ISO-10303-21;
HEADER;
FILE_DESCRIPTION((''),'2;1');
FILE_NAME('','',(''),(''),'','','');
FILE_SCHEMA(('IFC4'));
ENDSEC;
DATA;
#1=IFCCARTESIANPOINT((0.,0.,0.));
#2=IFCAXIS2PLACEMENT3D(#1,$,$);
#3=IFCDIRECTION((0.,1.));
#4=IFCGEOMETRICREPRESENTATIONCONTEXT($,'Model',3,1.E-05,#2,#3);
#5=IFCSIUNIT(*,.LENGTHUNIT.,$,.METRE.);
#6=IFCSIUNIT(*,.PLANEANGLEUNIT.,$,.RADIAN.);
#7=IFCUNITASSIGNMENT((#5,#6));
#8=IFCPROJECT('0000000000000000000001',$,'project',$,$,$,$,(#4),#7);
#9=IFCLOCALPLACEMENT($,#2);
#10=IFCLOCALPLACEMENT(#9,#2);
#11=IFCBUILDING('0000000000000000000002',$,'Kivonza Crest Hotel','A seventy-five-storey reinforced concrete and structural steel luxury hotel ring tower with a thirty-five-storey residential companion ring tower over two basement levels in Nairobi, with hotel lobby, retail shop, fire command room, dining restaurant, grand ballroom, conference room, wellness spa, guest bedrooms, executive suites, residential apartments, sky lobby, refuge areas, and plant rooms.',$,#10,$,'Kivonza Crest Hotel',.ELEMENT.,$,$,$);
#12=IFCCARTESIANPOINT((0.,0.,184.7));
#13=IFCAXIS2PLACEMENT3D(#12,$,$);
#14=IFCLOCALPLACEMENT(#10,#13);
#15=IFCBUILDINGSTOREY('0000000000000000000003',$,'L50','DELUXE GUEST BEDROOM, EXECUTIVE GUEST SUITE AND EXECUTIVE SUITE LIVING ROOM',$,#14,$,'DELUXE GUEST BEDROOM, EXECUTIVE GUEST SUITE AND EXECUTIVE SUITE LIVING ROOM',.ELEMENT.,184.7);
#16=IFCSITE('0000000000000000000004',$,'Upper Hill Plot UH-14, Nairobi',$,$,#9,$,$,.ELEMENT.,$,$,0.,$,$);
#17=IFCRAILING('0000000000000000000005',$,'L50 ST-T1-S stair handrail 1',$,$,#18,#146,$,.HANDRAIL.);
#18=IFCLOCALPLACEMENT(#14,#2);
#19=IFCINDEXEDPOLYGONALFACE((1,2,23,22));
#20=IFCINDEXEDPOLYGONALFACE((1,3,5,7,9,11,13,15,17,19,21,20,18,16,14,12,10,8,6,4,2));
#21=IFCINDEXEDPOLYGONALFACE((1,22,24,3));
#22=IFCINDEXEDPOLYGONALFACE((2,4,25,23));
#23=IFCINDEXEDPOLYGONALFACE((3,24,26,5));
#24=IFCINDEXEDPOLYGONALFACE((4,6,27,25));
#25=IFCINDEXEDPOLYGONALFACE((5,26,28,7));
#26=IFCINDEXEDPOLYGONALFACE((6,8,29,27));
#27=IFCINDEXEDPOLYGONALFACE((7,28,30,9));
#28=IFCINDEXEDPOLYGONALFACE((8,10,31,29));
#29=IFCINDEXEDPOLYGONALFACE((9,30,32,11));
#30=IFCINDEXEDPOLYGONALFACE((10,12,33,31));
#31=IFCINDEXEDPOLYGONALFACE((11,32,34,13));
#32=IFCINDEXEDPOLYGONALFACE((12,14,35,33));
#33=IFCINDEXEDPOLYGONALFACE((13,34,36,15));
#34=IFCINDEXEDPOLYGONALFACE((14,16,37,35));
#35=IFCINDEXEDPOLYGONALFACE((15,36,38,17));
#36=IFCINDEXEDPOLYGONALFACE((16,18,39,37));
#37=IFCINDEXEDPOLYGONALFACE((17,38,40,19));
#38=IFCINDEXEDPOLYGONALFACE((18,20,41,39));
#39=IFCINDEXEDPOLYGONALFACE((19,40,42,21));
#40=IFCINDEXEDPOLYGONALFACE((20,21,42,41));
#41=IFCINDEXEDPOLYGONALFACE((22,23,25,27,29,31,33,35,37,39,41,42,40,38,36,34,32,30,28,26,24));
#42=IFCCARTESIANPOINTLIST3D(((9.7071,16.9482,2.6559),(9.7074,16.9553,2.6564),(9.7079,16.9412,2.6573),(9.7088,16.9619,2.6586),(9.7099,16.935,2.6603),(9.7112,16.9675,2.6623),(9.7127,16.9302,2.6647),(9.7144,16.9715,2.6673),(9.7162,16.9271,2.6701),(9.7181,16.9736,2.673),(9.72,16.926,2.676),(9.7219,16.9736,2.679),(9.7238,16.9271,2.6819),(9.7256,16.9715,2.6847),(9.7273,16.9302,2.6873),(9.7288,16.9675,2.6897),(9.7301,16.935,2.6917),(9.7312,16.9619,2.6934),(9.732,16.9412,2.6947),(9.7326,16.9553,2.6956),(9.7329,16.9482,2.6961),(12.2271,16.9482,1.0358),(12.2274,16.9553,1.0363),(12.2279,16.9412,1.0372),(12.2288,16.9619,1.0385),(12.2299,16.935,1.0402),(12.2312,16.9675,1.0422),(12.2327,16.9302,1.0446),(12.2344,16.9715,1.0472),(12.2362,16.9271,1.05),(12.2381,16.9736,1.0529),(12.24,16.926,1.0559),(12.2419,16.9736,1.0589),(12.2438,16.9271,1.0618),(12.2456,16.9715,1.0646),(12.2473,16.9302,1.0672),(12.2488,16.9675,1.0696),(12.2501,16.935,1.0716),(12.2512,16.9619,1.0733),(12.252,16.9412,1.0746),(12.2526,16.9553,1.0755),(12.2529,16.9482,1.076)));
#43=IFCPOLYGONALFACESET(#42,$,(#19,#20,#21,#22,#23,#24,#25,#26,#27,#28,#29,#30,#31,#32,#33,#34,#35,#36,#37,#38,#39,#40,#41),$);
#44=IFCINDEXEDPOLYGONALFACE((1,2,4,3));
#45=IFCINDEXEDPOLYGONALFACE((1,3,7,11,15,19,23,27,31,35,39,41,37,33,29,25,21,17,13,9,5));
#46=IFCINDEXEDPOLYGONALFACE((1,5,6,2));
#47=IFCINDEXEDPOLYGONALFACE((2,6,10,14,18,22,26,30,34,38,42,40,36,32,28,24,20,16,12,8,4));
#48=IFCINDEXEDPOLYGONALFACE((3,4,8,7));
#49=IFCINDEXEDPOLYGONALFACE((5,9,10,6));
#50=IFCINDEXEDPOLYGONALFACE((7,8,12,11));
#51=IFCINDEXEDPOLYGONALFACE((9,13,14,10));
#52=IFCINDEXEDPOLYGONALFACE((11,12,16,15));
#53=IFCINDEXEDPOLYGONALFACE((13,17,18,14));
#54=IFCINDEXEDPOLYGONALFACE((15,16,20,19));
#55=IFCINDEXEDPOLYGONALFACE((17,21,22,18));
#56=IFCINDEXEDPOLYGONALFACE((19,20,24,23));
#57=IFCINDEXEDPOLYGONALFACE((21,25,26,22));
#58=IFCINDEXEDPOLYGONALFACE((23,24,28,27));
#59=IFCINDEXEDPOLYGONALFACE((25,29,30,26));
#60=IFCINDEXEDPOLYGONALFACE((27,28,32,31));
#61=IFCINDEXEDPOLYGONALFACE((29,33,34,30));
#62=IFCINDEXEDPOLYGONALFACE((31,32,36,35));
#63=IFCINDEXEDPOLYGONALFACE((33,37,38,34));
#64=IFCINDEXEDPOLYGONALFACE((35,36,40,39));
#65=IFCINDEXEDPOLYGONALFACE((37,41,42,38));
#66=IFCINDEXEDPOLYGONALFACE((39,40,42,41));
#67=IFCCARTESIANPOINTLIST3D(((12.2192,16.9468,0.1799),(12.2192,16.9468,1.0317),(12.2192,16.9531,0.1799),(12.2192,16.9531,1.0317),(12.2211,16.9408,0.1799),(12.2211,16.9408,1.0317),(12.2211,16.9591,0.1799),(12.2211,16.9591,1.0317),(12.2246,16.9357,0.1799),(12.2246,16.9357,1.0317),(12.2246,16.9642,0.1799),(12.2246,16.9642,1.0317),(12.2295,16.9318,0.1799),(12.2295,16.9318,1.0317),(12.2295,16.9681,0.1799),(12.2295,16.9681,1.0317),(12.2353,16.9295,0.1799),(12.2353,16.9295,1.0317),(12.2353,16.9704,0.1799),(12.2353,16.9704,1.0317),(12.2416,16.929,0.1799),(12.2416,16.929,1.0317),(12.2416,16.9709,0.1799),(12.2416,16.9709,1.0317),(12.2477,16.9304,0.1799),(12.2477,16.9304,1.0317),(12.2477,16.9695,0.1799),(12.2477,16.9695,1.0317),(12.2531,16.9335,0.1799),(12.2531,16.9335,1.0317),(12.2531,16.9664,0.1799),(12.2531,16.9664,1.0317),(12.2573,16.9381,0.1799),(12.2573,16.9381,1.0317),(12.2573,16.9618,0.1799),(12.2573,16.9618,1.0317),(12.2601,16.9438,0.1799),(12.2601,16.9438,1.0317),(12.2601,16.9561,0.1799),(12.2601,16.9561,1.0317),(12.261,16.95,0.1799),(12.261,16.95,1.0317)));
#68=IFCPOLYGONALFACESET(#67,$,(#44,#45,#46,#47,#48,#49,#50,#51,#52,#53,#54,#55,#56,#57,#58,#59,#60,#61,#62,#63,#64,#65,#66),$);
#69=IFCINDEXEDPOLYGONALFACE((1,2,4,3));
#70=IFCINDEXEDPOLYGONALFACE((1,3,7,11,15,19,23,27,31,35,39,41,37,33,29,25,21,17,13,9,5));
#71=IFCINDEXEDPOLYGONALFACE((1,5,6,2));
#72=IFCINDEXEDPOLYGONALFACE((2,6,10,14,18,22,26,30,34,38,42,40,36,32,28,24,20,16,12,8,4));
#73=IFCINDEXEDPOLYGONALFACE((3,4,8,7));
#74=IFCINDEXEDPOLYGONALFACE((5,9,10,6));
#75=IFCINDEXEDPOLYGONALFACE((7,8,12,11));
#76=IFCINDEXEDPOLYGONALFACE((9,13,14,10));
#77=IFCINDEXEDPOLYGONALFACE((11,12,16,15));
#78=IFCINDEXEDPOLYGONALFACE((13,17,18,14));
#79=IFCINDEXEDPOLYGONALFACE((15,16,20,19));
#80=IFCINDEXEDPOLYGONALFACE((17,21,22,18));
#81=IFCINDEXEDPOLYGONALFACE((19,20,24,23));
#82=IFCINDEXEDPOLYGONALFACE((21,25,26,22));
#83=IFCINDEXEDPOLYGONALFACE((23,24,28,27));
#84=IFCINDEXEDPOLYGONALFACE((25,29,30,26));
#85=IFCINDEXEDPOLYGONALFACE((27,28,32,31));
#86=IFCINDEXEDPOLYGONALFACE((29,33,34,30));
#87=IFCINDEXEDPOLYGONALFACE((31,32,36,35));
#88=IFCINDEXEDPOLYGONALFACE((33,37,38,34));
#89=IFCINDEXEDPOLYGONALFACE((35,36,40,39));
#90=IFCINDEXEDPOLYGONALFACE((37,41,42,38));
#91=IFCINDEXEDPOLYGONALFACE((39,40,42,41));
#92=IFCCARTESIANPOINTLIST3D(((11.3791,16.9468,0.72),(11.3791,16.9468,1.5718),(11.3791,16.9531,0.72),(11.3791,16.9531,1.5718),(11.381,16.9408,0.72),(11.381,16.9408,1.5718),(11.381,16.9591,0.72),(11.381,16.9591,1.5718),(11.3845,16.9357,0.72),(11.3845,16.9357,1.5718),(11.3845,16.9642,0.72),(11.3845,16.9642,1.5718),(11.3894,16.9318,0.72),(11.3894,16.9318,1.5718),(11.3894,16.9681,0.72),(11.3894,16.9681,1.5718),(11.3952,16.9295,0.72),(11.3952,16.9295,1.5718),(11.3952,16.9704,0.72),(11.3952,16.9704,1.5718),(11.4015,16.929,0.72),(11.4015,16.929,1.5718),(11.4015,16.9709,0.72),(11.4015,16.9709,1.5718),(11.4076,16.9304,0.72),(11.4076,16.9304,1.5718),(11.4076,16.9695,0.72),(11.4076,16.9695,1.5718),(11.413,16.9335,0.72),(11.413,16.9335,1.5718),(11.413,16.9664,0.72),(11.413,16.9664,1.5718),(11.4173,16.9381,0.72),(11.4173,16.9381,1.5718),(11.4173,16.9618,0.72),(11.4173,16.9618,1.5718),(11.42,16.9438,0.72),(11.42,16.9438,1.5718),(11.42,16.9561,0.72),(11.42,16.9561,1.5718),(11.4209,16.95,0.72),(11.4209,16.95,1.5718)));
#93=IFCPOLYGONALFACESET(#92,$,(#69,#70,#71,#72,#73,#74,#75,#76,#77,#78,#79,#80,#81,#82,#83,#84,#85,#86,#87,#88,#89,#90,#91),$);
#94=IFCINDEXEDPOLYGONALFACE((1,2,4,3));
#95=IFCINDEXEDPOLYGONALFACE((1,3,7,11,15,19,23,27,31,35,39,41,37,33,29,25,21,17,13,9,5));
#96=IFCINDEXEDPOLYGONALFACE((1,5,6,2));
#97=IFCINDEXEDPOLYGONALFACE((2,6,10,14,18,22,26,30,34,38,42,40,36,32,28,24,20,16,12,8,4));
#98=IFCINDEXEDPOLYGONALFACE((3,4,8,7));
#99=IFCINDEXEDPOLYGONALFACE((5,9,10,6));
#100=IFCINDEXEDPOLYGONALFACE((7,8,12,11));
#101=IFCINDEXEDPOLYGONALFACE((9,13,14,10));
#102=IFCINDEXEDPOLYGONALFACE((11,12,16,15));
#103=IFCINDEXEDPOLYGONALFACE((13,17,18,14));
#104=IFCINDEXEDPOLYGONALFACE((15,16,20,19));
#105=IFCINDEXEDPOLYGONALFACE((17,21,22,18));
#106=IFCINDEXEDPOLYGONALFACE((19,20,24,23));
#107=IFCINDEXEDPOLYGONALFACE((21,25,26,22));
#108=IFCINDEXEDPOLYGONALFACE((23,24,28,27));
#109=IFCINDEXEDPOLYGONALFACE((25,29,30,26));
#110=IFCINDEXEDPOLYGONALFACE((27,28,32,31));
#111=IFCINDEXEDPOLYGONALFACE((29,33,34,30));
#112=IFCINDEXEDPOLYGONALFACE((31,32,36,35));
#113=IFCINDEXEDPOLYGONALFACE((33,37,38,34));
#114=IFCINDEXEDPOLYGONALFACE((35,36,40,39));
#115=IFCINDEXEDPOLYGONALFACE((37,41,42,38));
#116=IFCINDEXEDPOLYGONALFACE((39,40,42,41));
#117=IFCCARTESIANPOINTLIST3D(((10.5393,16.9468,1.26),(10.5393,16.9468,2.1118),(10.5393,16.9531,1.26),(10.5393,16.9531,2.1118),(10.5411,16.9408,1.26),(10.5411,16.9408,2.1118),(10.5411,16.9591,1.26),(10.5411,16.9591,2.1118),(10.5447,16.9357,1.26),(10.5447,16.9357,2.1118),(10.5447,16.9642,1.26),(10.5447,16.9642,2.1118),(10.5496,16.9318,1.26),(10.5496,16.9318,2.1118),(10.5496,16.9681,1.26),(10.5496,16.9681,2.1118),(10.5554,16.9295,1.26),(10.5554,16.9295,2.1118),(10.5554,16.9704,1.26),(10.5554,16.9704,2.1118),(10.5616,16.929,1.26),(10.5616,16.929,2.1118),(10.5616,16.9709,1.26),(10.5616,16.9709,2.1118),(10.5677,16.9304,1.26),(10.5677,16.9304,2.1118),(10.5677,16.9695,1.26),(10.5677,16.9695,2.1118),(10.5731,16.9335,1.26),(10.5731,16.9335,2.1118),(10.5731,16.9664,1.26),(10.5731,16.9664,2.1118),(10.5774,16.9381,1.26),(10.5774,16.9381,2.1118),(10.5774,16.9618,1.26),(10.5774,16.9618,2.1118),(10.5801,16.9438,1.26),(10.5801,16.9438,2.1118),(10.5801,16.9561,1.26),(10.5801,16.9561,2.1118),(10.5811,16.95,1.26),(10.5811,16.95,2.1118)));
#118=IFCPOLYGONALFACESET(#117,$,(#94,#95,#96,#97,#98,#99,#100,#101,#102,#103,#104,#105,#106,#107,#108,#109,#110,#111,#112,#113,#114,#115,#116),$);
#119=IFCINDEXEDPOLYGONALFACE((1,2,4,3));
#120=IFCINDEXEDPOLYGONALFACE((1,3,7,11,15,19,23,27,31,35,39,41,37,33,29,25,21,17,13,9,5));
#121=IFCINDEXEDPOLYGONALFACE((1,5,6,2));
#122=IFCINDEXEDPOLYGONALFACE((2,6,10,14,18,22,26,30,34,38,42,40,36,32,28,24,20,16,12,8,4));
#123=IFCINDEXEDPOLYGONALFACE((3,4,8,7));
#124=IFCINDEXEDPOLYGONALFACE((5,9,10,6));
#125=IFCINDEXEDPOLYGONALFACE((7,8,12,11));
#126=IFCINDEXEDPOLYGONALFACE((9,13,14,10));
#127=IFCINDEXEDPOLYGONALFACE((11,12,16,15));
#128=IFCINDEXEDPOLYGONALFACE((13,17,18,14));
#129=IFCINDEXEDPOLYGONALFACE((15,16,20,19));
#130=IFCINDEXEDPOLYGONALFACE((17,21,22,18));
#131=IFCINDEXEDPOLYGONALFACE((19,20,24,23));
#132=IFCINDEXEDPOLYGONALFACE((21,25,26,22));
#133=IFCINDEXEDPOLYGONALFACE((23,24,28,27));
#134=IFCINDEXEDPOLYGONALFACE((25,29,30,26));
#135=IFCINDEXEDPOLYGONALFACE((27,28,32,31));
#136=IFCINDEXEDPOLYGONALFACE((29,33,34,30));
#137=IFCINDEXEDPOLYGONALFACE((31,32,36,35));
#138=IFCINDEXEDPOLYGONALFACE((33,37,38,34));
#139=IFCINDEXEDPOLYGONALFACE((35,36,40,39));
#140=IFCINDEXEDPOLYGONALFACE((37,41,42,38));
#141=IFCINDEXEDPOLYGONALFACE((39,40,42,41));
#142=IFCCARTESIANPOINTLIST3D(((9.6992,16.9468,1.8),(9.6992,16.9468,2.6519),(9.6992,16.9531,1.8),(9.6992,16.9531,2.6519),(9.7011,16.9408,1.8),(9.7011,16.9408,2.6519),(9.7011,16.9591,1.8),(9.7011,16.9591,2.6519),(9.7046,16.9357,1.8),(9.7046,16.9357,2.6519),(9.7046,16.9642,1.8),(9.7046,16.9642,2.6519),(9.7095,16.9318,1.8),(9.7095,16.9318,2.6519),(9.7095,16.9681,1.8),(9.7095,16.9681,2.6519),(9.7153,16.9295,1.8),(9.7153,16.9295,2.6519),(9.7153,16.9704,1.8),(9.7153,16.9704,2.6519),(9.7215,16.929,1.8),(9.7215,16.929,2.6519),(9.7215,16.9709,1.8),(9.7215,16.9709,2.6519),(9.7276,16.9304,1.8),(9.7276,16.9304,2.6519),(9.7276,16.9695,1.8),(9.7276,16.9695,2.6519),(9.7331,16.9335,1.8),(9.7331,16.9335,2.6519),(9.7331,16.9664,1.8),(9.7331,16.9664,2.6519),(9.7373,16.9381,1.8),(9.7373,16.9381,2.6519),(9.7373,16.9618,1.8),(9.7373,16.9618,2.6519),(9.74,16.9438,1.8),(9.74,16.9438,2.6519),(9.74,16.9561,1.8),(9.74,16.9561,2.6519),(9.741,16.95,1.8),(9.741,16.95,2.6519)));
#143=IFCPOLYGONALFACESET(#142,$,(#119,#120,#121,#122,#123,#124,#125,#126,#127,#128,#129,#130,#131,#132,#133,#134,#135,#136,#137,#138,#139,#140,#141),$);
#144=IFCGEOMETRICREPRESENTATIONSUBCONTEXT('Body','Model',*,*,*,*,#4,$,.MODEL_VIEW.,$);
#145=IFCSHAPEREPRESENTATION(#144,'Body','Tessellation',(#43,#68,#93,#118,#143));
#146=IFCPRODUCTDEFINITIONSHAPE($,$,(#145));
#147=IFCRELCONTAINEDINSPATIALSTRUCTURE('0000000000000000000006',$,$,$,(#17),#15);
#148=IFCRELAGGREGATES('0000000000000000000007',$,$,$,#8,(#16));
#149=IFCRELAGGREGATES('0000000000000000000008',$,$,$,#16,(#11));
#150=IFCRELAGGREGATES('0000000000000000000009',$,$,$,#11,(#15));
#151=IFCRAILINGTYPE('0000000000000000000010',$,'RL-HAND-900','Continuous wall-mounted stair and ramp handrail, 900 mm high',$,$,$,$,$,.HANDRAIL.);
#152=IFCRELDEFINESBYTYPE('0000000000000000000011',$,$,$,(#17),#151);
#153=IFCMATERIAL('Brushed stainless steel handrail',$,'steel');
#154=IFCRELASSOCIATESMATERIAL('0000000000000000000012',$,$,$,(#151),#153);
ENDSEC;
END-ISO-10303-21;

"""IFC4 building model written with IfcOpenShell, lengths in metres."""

from ifc_helpers import new_model, si_unit, direction, frame, origin, origin_2d, place, context, subcontext, project, spatial, circle, extrude, material, type_object, element, save


model = new_model("IFC4")

# Units and contexts
model_context = context("Model", 3, precision=1e-05, world=origin(), true_north=direction((0.0, 1.0)))
body_context = subcontext(model_context, "Body", "Model", "MODEL_VIEW")
ifc_project = project(units=[si_unit("LENGTHUNIT", "METRE"), si_unit("PLANEANGLEUNIT", "RADIAN")], contexts=[model_context])

# Site, building, storey
site_placement = place(None, origin())
site = spatial("IfcSite", under=ifc_project, at=site_placement, Name="Upper Hill Plot UH-14, Nairobi", CompositionType="ELEMENT", RefElevation=0.0)
building_placement = place(site_placement, origin())
building = spatial("IfcBuilding", under=site, at=building_placement, Name="Kivonza Crest Hotel", Description="A seventy-five-storey reinforced concrete and structural steel luxury hotel ring tower with a thirty-five-storey residential companion ring tower over two basement levels in Nairobi, with hotel lobby, retail shop, fire command room, dining restaurant, grand ballroom, conference room, wellness spa, guest bedrooms, executive suites, residential apartments, sky lobby, refuge areas, and plant rooms.", LongName="Kivonza Crest Hotel", CompositionType="ELEMENT")
storey_placement = place(building_placement, frame((0.0, 0.0, 184.7)))
storey = spatial("IfcBuildingStorey", under=building, at=storey_placement, Name="L50", Description="DELUXE GUEST BEDROOM, EXECUTIVE GUEST SUITE AND EXECUTIVE SUITE LIVING ROOM", LongName="DELUXE GUEST BEDROOM, EXECUTIVE GUEST SUITE AND EXECUTIVE SUITE LIVING ROOM", CompositionType="ELEMENT", Elevation=184.7)

# Railing
ifc_material_1 = material(Name="Brushed stainless steel handrail", Category="steel")
railing_type_1 = type_object("IfcRailingType", Name="RL-HAND-900", Description="Continuous wall-mounted stair and ramp handrail, 900 mm high", PredefinedType="HANDRAIL", material=ifc_material_1)
railing_1_placement = place(storey_placement, frame((12.24, 16.95, 0.1799)))
element("IfcRailing", 1, at=railing_1_placement, inside=storey, type_object=railing_type_1, Name="L50 ST-T1-S stair handrail 1", PredefinedType="HANDRAIL", context=body_context, shape_type="SweptSolid", body=[
    extrude(circle(Radius=0.0239, at=origin_2d()), frame((0.0, 0.0, 0.876), z_axis=(-0.841163, 0.0, 0.540782), x_axis=(0.0, -1.0, 0.0)), (0.0, 0.0, 1.0), 2.9958),
    extrude(circle(Radius=0.021, at=origin_2d()), origin(), (0.0, 0.0, 1.0), 0.8518),
    extrude(circle(Radius=0.021, at=origin_2d()), frame((-0.8401, 0.0, 0.54)), (0.0, 0.0, 1.0), 0.8518),
    extrude(circle(Radius=0.021, at=origin_2d()), frame((-1.6799, 0.0, 1.0801)), (0.0, 0.0, 1.0), 0.8518),
    extrude(circle(Radius=0.021, at=origin_2d()), frame((-2.52, 0.0, 1.6201)), (0.0, 0.0, 1.0), 0.8518),
])

save(model, "model.ifc")
